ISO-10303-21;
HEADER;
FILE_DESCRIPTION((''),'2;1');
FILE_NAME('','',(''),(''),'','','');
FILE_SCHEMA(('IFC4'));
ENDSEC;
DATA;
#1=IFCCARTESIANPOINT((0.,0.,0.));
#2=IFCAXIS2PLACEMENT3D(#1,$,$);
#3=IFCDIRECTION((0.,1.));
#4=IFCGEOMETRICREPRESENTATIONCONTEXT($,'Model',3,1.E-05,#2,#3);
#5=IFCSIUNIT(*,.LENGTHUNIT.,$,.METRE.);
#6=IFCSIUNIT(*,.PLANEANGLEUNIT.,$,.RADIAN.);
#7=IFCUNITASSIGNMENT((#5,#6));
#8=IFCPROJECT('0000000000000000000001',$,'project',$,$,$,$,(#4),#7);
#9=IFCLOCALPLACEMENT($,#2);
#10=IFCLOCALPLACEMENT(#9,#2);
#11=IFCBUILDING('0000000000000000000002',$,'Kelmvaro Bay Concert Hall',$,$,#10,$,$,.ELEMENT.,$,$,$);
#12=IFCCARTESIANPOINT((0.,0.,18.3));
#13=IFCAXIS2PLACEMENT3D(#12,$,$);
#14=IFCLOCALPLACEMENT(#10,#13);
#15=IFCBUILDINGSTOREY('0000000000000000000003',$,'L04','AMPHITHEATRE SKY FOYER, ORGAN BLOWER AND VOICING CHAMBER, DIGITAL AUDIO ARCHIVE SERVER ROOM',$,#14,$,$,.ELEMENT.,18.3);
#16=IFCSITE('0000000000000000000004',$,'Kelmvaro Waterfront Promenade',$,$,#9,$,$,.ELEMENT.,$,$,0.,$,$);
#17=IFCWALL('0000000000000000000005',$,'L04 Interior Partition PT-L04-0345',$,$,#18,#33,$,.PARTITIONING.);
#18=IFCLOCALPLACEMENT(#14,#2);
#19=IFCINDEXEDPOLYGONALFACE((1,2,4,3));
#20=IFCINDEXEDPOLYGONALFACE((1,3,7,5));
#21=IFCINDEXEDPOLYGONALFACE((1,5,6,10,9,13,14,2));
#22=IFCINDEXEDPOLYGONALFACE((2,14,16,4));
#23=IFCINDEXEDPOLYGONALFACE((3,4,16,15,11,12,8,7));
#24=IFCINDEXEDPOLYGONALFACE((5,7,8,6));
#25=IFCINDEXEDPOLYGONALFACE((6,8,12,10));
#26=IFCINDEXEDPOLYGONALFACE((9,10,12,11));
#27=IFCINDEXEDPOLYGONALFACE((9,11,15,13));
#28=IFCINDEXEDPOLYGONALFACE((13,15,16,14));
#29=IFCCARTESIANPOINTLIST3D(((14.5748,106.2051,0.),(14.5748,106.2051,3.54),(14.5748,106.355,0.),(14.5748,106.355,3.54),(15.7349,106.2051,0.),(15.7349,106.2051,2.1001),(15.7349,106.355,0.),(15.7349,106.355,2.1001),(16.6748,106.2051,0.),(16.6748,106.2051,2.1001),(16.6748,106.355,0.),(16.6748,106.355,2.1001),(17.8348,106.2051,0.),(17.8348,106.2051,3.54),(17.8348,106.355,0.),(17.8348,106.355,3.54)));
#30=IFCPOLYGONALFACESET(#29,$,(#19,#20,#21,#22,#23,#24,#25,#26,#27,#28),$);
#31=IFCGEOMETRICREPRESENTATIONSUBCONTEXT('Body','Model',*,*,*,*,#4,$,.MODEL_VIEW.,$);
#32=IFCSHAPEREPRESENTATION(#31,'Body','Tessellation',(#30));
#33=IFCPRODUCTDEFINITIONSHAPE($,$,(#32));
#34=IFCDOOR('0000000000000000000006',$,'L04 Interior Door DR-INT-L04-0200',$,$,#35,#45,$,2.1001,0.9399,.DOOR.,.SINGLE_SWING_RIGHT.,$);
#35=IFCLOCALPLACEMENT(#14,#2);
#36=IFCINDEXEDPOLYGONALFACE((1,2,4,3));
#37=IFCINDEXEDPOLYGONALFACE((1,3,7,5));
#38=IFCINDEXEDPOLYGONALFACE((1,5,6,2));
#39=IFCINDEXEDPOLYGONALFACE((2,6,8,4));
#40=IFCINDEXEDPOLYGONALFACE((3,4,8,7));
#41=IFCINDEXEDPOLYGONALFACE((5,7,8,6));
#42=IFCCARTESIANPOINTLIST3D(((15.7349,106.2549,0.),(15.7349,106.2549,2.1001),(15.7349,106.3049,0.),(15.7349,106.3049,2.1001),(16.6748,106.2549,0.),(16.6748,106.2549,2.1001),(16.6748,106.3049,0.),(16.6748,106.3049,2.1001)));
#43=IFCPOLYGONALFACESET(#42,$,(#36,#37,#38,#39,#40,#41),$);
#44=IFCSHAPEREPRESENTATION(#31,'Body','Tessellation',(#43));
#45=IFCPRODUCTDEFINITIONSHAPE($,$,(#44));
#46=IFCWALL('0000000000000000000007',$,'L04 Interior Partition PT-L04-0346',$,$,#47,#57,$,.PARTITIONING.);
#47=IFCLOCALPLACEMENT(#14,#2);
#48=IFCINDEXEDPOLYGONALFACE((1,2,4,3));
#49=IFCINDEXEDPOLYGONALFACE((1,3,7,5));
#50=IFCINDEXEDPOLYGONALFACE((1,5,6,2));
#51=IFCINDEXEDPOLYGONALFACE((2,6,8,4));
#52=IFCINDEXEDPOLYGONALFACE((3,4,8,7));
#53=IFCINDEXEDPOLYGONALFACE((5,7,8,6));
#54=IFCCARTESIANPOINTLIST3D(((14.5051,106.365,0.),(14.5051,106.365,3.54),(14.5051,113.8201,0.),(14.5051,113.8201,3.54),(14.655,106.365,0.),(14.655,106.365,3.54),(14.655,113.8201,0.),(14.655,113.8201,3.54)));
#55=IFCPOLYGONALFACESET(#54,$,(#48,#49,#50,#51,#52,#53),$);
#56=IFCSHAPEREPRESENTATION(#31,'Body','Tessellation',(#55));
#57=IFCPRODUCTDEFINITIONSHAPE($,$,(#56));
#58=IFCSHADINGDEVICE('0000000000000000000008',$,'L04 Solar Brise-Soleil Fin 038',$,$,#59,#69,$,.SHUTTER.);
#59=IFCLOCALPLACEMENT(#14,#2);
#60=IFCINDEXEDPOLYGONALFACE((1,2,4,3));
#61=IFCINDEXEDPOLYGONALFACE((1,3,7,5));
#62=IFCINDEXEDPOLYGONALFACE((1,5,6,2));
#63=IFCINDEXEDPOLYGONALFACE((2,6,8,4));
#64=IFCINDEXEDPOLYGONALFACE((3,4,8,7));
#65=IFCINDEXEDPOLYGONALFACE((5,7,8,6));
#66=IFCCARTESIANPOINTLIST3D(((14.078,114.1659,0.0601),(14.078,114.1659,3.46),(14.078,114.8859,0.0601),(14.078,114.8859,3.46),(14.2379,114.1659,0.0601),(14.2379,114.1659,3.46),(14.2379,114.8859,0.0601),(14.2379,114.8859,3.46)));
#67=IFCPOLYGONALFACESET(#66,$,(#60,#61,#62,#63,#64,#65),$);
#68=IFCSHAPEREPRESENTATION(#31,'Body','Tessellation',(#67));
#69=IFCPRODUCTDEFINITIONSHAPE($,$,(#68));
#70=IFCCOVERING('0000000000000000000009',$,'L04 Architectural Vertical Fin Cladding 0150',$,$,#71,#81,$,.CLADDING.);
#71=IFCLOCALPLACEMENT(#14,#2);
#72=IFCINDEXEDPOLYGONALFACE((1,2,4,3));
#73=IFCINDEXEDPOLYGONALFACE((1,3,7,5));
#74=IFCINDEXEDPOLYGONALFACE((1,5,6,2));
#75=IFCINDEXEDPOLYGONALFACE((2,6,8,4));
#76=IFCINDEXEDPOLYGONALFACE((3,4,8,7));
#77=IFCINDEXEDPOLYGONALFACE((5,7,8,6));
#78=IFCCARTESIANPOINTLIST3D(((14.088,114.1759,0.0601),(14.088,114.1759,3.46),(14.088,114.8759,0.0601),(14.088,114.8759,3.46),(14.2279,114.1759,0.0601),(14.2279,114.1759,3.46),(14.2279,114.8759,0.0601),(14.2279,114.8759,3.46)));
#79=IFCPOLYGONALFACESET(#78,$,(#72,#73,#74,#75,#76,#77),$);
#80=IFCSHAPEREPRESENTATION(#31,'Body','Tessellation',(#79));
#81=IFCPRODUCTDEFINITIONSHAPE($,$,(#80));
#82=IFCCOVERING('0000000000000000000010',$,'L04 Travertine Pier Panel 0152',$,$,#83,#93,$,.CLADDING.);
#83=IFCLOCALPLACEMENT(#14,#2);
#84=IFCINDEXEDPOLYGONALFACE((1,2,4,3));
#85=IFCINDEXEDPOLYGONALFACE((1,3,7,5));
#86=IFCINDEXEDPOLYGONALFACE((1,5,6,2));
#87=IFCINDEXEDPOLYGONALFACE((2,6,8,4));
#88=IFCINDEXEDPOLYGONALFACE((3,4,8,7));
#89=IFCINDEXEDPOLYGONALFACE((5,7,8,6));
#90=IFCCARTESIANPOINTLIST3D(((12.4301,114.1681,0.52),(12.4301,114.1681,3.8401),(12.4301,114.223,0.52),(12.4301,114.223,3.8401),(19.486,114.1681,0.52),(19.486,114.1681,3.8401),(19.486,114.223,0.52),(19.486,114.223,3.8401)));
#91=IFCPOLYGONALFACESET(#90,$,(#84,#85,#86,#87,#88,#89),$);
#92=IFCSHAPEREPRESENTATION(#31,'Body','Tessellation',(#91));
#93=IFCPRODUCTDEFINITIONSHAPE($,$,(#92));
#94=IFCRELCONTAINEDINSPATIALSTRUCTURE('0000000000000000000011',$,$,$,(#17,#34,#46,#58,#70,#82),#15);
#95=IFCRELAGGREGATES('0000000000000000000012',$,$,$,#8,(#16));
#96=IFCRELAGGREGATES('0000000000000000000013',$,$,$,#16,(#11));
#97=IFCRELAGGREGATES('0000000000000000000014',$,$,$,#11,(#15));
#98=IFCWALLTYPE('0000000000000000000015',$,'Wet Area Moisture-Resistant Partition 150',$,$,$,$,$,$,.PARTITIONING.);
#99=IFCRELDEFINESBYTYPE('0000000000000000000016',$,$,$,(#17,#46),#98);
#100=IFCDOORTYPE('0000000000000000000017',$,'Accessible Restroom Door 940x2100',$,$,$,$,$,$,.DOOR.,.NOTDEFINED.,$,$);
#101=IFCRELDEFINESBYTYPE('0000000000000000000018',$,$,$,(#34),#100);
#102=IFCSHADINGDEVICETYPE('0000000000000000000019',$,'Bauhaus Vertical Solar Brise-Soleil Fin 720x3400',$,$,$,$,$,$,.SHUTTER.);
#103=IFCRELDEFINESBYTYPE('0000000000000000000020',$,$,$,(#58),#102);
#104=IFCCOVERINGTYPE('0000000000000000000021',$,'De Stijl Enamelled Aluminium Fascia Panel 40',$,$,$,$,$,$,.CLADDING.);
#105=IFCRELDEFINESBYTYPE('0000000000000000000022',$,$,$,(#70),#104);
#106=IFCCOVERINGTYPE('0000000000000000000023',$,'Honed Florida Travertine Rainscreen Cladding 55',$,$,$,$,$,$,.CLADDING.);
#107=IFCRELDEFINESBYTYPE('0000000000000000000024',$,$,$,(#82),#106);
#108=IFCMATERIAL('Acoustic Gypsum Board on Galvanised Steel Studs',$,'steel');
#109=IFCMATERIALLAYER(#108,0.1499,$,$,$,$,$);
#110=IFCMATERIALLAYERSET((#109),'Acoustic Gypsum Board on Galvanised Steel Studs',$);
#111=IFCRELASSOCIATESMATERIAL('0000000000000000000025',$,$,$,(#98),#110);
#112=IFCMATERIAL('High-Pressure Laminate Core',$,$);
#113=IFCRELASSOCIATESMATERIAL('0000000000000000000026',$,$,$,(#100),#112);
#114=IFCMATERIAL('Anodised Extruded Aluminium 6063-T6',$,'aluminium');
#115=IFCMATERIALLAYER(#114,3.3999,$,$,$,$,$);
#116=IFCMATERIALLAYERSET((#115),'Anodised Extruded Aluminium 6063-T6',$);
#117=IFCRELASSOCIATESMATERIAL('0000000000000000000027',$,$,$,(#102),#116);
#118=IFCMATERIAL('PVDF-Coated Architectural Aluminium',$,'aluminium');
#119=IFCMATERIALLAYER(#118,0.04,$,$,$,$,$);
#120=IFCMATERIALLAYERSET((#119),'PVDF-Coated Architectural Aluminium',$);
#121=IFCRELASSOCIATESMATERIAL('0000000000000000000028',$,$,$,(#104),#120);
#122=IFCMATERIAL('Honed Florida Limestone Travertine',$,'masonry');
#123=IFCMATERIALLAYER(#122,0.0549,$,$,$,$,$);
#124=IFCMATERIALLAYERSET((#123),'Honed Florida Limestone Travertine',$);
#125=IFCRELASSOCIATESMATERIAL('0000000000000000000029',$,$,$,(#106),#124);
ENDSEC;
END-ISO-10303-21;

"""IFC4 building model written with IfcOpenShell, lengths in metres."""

from ifc_helpers import new_model, si_unit, direction, frame, frame_2d, origin, origin_2d, place, context, subcontext, project, spatial, rectangle, extrude, material, layer, layer_set, type_object, element, fill, save


model = new_model("IFC4")

# Units and contexts
model_context = context("Model", 3, precision=1e-05, world=origin(), true_north=direction((0.0, 1.0)))
body_context = subcontext(model_context, "Body", "Model", "MODEL_VIEW")
ifc_project = project(units=[si_unit("LENGTHUNIT", "METRE"), si_unit("PLANEANGLEUNIT", "RADIAN")], contexts=[model_context])

# Site, building, storey
site_placement = place(None, origin())
site = spatial("IfcSite", under=ifc_project, at=site_placement, Name="Kelmvaro Waterfront Promenade", CompositionType="ELEMENT", RefElevation=0.0)
building_placement = place(site_placement, origin())
building = spatial("IfcBuilding", under=site, at=building_placement, Name="Kelmvaro Bay Concert Hall", CompositionType="ELEMENT")
storey_placement = place(building_placement, frame((0.0, 0.0, 18.3)))
storey = spatial("IfcBuildingStorey", under=building, at=storey_placement, Name="L04", Description="AMPHITHEATRE SKY FOYER, ORGAN BLOWER AND VOICING CHAMBER, DIGITAL AUDIO ARCHIVE SERVER ROOM", CompositionType="ELEMENT", Elevation=18.3)

# Shared definitions
ifc_material_1 = material(Name="Acoustic Gypsum Board on Galvanised Steel Studs", Category="steel")
ifc_layer_1 = layer(ifc_material_1, 0.1499)
ifc_layer_set_1 = layer_set([ifc_layer_1], Name="Acoustic Gypsum Board on Galvanised Steel Studs")
wall_type_1 = type_object("IfcWallType", Name="Wet Area Moisture-Resistant Partition 150", PredefinedType="PARTITIONING", material=ifc_layer_set_1)

# Wall, opening, door
wall_1_placement = place(storey_placement, frame((14.575, 106.28, 0.0), z_axis=(0.0, 0.0, 1.0), x_axis=(1.0, 0.0, 0.0)))
wall_1 = element("IfcWall", 1, at=wall_1_placement, inside=storey, type_object=wall_type_1, Name="L04 Interior Partition PT-L04-0345", PredefinedType="PARTITIONING", context=body_context, shape_type="SweptSolid", body=[
    extrude(rectangle(XDim=3.26, YDim=0.1499, at=frame_2d((1.6299, 0.0))), origin(), (0.0, 0.0, 1.0), 3.54),
])
opening_1_placement = place(wall_1_placement, frame((1.1599, 0.0, 0.0)))
opening_1 = element("IfcOpeningElement", 2, at=opening_1_placement, cuts=wall_1, PredefinedType="OPENING", context=body_context, shape_type="SweptSolid", body=[
    extrude(rectangle(XDim=0.9399, YDim=2.1001, at=frame_2d((0.47, 1.05))), frame((0.0, 0.085, 0.0), z_axis=(0.0, -1.0, 0.0), x_axis=(1.0, 0.0, 0.0)), (0.0, 0.0, 1.0), 0.1699),
])
ifc_material_2 = material(Name="High-Pressure Laminate Core")
door_type = type_object("IfcDoorType", Name="Accessible Restroom Door 940x2100", OperationType="NOTDEFINED", PredefinedType="DOOR", material=ifc_material_2)
door_placement = place(opening_1_placement, origin())
door = element("IfcDoor", 3, at=door_placement, inside=storey, type_object=door_type, Name="L04 Interior Door DR-INT-L04-0200", OperationType="SINGLE_SWING_RIGHT", OverallHeight=2.1001, OverallWidth=0.9399, PredefinedType="DOOR", context=body_context, shape_type="SweptSolid", body=[
    extrude(rectangle(XDim=0.9399, YDim=2.1001, at=frame_2d((0.47, 1.05))), frame((0.0, 0.0249, 0.0), z_axis=(0.0, -1.0, 0.0), x_axis=(1.0, 0.0, 0.0)), (0.0, 0.0, 1.0), 0.05),
])
fill(opening_1, door)

# Wall
wall_2_placement = place(storey_placement, frame((14.5801, 106.365, 0.0), z_axis=(0.0, 0.0, 1.0), x_axis=(0.0, 1.0, 0.0)))
element("IfcWall", 4, at=wall_2_placement, inside=storey, type_object=wall_type_1, Name="L04 Interior Partition PT-L04-0346", PredefinedType="PARTITIONING", context=body_context, shape_type="SweptSolid", body=[
    extrude(rectangle(XDim=7.4551, YDim=0.1499, at=frame_2d((3.7275, 0.0))), origin(), (0.0, 0.0, 1.0), 3.54),
])

# Shading device
ifc_material_3 = material(Name="Anodised Extruded Aluminium 6063-T6", Category="aluminium")
ifc_layer_2 = layer(ifc_material_3, 3.3999)
ifc_layer_set_2 = layer_set([ifc_layer_2], Name="Anodised Extruded Aluminium 6063-T6")
shading_device_type = type_object("IfcShadingDeviceType", Name="Bauhaus Vertical Solar Brise-Soleil Fin 720x3400", PredefinedType="SHUTTER", material=ifc_layer_set_2)
shading_device_placement = place(storey_placement, frame((14.158, 114.5259, 0.0601), z_axis=(0.0, 0.0, 1.0), x_axis=(1.0, 0.0, 0.0)))
element("IfcShadingDevice", 5, at=shading_device_placement, inside=storey, type_object=shading_device_type, Name="L04 Solar Brise-Soleil Fin 038", PredefinedType="SHUTTER", context=body_context, shape_type="SweptSolid", body=[
    extrude(rectangle(XDim=0.1599, YDim=0.72, at=origin_2d()), origin(), (0.0, 0.0, 1.0), 3.3999),
])

# Coverings
ifc_material_4 = material(Name="PVDF-Coated Architectural Aluminium", Category="aluminium")
ifc_layer_3 = layer(ifc_material_4, 0.04)
ifc_layer_set_3 = layer_set([ifc_layer_3], Name="PVDF-Coated Architectural Aluminium")
covering_type_1 = type_object("IfcCoveringType", Name="De Stijl Enamelled Aluminium Fascia Panel 40", PredefinedType="CLADDING", material=ifc_layer_set_3)
covering_1_placement = place(storey_placement, frame((14.158, 114.5259, 0.0601), z_axis=(0.0, 0.0, 1.0), x_axis=(1.0, 0.0, 0.0)))
element("IfcCovering", 6, at=covering_1_placement, inside=storey, type_object=covering_type_1, Name="L04 Architectural Vertical Fin Cladding 0150", PredefinedType="CLADDING", context=body_context, shape_type="SweptSolid", body=[
    extrude(rectangle(XDim=0.1399, YDim=0.7, at=origin_2d()), origin(), (0.0, 0.0, 1.0), 3.3999),
])
ifc_material_5 = material(Name="Honed Florida Limestone Travertine", Category="masonry")
ifc_layer_4 = layer(ifc_material_5, 0.0549)
ifc_layer_set_4 = layer_set([ifc_layer_4], Name="Honed Florida Limestone Travertine")
covering_type_2 = type_object("IfcCoveringType", Name="Honed Florida Travertine Rainscreen Cladding 55", PredefinedType="CLADDING", material=ifc_layer_set_4)
covering_2_placement = place(storey_placement, frame((15.958, 114.1956, 0.52), z_axis=(0.0, 0.0, 1.0), x_axis=(1.0, 0.0, 0.0)))
element("IfcCovering", 7, at=covering_2_placement, inside=storey, type_object=covering_type_2, Name="L04 Travertine Pier Panel 0152", PredefinedType="CLADDING", context=body_context, shape_type="SweptSolid", body=[
    extrude(rectangle(XDim=7.0559, YDim=0.0549, at=origin_2d()), origin(), (0.0, 0.0, 1.0), 3.3201),
])

save(model, "model.ifc")
